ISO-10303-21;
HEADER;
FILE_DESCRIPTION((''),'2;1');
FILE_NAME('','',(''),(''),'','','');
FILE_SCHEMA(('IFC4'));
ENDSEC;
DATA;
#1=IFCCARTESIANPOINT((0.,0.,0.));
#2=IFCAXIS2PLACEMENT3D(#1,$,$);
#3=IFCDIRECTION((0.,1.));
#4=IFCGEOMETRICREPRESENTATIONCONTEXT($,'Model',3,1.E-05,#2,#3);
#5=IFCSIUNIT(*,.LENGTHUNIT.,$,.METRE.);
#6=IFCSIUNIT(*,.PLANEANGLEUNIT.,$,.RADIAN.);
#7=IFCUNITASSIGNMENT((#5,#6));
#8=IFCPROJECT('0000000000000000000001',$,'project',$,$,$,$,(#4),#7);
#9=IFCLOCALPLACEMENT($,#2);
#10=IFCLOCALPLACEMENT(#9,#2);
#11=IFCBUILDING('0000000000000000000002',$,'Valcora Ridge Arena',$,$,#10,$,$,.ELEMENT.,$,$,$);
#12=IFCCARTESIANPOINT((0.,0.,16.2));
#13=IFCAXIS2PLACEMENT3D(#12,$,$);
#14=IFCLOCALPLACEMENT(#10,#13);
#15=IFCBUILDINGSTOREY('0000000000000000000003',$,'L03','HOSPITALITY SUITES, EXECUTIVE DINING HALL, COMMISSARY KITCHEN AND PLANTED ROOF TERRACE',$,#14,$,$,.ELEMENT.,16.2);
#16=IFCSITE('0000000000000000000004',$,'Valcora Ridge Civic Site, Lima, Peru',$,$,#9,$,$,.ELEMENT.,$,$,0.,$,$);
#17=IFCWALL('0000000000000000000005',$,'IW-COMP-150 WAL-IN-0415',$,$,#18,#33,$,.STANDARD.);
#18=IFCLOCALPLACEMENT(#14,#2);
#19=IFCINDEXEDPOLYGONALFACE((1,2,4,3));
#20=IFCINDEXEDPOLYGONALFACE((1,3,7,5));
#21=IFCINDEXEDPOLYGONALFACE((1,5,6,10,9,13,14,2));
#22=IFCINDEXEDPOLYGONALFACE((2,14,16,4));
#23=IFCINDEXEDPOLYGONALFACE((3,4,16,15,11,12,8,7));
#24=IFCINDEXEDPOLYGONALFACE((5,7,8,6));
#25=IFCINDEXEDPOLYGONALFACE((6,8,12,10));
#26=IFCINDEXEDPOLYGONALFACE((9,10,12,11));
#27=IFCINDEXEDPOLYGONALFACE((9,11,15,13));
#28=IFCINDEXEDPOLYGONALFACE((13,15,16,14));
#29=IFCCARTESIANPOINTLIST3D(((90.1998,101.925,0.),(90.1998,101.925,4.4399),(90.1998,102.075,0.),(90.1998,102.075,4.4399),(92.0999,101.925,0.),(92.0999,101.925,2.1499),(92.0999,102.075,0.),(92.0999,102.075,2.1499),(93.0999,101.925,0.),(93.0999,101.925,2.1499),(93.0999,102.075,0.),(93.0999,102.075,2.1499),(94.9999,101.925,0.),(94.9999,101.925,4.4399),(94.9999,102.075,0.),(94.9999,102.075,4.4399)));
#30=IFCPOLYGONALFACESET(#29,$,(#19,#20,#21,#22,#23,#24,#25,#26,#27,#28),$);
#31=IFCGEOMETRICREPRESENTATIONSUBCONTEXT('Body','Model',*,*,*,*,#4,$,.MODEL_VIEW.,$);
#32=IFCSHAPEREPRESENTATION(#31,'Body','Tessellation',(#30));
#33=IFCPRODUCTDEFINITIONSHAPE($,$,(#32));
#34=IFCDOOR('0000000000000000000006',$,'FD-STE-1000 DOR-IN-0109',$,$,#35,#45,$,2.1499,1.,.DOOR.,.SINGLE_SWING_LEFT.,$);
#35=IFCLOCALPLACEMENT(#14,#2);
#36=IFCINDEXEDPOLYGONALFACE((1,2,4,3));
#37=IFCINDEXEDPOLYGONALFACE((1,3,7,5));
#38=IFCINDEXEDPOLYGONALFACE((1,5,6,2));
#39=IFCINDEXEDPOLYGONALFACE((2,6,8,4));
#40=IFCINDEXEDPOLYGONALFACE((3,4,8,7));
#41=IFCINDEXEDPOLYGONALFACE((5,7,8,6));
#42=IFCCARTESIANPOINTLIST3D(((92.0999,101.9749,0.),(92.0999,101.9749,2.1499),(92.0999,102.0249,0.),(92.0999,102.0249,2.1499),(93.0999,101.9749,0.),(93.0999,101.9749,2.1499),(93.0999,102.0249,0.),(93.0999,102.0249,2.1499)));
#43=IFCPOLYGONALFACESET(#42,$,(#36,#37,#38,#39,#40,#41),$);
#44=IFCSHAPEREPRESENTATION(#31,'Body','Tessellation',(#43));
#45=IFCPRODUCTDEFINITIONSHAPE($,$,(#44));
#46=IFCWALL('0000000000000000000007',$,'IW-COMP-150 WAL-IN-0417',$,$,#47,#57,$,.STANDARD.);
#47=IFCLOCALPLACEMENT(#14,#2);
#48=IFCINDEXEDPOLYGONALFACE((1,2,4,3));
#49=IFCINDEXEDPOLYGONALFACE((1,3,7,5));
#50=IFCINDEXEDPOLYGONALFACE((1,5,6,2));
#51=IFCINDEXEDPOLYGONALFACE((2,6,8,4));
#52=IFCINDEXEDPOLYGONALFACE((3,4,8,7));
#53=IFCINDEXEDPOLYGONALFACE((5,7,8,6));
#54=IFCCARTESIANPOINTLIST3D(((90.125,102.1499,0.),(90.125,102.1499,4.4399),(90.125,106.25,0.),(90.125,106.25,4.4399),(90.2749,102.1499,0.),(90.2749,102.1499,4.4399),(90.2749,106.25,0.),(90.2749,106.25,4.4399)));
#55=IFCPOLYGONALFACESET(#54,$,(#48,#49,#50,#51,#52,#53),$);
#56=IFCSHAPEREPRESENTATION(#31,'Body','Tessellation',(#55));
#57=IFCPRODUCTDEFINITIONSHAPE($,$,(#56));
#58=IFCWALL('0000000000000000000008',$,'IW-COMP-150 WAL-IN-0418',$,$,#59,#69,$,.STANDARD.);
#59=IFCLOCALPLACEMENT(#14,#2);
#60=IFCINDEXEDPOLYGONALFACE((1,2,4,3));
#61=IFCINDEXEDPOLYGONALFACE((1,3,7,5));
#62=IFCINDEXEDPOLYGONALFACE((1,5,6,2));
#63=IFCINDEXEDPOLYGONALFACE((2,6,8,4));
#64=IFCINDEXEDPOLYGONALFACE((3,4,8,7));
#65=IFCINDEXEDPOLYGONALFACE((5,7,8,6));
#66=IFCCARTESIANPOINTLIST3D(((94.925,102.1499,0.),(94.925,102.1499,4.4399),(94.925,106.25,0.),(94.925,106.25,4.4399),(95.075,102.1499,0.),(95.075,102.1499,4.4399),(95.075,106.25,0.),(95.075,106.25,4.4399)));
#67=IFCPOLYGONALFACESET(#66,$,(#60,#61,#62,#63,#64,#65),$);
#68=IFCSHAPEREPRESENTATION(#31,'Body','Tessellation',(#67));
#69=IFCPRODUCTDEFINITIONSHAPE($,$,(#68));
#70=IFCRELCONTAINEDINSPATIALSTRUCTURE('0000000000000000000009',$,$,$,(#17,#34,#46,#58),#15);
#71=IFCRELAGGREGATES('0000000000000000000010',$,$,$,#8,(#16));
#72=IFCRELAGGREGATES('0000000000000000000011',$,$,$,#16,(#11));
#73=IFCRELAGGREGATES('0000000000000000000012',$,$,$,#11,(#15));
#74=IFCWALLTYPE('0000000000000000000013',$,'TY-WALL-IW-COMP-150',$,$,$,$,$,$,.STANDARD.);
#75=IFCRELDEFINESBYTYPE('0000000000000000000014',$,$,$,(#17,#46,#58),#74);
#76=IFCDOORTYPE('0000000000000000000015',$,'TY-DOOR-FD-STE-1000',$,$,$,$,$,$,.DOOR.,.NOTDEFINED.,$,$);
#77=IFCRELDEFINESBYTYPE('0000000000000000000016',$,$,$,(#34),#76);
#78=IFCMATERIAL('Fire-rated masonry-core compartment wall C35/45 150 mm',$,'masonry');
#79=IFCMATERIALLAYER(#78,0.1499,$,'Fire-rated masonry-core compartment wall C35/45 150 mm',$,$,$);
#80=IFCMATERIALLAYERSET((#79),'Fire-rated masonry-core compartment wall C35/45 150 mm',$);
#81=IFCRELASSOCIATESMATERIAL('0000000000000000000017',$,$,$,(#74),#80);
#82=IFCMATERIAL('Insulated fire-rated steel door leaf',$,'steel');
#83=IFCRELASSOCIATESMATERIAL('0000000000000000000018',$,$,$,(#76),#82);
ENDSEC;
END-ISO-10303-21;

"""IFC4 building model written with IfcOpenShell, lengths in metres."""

from ifc_helpers import new_model, si_unit, direction, frame, frame_2d, origin, place, context, subcontext, project, spatial, rectangle, extrude, material, layer, layer_set, type_object, element, fill, save


model = new_model("IFC4")

# Units and contexts
model_context = context("Model", 3, precision=1e-05, world=origin(), true_north=direction((0.0, 1.0)))
body_context = subcontext(model_context, "Body", "Model", "MODEL_VIEW")
ifc_project = project(units=[si_unit("LENGTHUNIT", "METRE"), si_unit("PLANEANGLEUNIT", "RADIAN")], contexts=[model_context])

# Site, building, storey
site_placement = place(None, origin())
site = spatial("IfcSite", under=ifc_project, at=site_placement, Name="Valcora Ridge Civic Site, Lima, Peru", CompositionType="ELEMENT", RefElevation=0.0)
building_placement = place(site_placement, origin())
building = spatial("IfcBuilding", under=site, at=building_placement, Name="Valcora Ridge Arena", CompositionType="ELEMENT")
storey_placement = place(building_placement, frame((0.0, 0.0, 16.2)))
storey = spatial("IfcBuildingStorey", under=building, at=storey_placement, Name="L03", Description="HOSPITALITY SUITES, EXECUTIVE DINING HALL, COMMISSARY KITCHEN AND PLANTED ROOF TERRACE", CompositionType="ELEMENT", Elevation=16.2)

# Wall, opening, door
ifc_material_1 = material(Name="Fire-rated masonry-core compartment wall C35/45 150 mm", Category="masonry")
ifc_layer_1 = layer(ifc_material_1, 0.1499, Name="Fire-rated masonry-core compartment wall C35/45 150 mm")
ifc_layer_set_1 = layer_set([ifc_layer_1], Name="Fire-rated masonry-core compartment wall C35/45 150 mm")
wall_type = type_object("IfcWallType", Name="TY-WALL-IW-COMP-150", PredefinedType="STANDARD", material=ifc_layer_set_1)
wall_placement = place(storey_placement, frame((90.2, 102.0, 0.0), z_axis=(0.0, 0.0, 1.0), x_axis=(1.0, 0.0, 0.0)))
wall = element("IfcWall", 1, at=wall_placement, inside=storey, type_object=wall_type, Name="IW-COMP-150 WAL-IN-0415", PredefinedType="STANDARD", context=body_context, shape_type="SweptSolid", body=[
    extrude(rectangle(XDim=4.8, YDim=0.1499, at=frame_2d((2.3999, 0.0))), origin(), (0.0, 0.0, 1.0), 4.4399),
])
opening_placement = place(wall_placement, frame((1.8999, 0.0, 0.0)))
opening = element("IfcOpeningElement", 2, at=opening_placement, cuts=wall, PredefinedType="OPENING", context=body_context, shape_type="SweptSolid", body=[
    extrude(rectangle(XDim=1.0, YDim=2.1499, at=frame_2d((0.5, 1.075))), frame((0.0, 0.085, 0.0), z_axis=(0.0, -1.0, 0.0), x_axis=(1.0, 0.0, 0.0)), (0.0, 0.0, 1.0), 0.1699),
])
ifc_material_2 = material(Name="Insulated fire-rated steel door leaf", Category="steel")
door_type = type_object("IfcDoorType", Name="TY-DOOR-FD-STE-1000", OperationType="NOTDEFINED", PredefinedType="DOOR", material=ifc_material_2)
door_placement = place(opening_placement, origin())
door = element("IfcDoor", 3, at=door_placement, inside=storey, type_object=door_type, Name="FD-STE-1000 DOR-IN-0109", OperationType="SINGLE_SWING_LEFT", OverallHeight=2.1499, OverallWidth=1.0, PredefinedType="DOOR", context=body_context, shape_type="SweptSolid", body=[
    extrude(rectangle(XDim=1.0, YDim=2.1499, at=frame_2d((0.5, 1.075))), frame((0.0, 0.0249, 0.0), z_axis=(0.0, -1.0, 0.0), x_axis=(1.0, 0.0, 0.0)), (0.0, 0.0, 1.0), 0.05),
])
fill(opening, door)

# Walls
for number, where, z_axis, x_axis, name in (
    (4, (90.2, 102.1499, 0.0), (0.0, 0.0, 1.0), (0.0, 1.0, 0.0), "IW-COMP-150 WAL-IN-0417"),
    (5, (95.0, 102.1499, 0.0), (0.0, 0.0, 1.0), (0.0, 1.0, 0.0), "IW-COMP-150 WAL-IN-0418"),
):
    element("IfcWall", number, at=place(storey_placement, frame(where, z_axis=z_axis, x_axis=x_axis)), inside=storey, type_object=wall_type, Name=name, PredefinedType="STANDARD", context=body_context, shape_type="SweptSolid", body=[
        extrude(rectangle(XDim=4.1001, YDim=0.1499, at=frame_2d((2.05, 0.0))), origin(), (0.0, 0.0, 1.0), 4.4399),
    ])

save(model, "model.ifc")
